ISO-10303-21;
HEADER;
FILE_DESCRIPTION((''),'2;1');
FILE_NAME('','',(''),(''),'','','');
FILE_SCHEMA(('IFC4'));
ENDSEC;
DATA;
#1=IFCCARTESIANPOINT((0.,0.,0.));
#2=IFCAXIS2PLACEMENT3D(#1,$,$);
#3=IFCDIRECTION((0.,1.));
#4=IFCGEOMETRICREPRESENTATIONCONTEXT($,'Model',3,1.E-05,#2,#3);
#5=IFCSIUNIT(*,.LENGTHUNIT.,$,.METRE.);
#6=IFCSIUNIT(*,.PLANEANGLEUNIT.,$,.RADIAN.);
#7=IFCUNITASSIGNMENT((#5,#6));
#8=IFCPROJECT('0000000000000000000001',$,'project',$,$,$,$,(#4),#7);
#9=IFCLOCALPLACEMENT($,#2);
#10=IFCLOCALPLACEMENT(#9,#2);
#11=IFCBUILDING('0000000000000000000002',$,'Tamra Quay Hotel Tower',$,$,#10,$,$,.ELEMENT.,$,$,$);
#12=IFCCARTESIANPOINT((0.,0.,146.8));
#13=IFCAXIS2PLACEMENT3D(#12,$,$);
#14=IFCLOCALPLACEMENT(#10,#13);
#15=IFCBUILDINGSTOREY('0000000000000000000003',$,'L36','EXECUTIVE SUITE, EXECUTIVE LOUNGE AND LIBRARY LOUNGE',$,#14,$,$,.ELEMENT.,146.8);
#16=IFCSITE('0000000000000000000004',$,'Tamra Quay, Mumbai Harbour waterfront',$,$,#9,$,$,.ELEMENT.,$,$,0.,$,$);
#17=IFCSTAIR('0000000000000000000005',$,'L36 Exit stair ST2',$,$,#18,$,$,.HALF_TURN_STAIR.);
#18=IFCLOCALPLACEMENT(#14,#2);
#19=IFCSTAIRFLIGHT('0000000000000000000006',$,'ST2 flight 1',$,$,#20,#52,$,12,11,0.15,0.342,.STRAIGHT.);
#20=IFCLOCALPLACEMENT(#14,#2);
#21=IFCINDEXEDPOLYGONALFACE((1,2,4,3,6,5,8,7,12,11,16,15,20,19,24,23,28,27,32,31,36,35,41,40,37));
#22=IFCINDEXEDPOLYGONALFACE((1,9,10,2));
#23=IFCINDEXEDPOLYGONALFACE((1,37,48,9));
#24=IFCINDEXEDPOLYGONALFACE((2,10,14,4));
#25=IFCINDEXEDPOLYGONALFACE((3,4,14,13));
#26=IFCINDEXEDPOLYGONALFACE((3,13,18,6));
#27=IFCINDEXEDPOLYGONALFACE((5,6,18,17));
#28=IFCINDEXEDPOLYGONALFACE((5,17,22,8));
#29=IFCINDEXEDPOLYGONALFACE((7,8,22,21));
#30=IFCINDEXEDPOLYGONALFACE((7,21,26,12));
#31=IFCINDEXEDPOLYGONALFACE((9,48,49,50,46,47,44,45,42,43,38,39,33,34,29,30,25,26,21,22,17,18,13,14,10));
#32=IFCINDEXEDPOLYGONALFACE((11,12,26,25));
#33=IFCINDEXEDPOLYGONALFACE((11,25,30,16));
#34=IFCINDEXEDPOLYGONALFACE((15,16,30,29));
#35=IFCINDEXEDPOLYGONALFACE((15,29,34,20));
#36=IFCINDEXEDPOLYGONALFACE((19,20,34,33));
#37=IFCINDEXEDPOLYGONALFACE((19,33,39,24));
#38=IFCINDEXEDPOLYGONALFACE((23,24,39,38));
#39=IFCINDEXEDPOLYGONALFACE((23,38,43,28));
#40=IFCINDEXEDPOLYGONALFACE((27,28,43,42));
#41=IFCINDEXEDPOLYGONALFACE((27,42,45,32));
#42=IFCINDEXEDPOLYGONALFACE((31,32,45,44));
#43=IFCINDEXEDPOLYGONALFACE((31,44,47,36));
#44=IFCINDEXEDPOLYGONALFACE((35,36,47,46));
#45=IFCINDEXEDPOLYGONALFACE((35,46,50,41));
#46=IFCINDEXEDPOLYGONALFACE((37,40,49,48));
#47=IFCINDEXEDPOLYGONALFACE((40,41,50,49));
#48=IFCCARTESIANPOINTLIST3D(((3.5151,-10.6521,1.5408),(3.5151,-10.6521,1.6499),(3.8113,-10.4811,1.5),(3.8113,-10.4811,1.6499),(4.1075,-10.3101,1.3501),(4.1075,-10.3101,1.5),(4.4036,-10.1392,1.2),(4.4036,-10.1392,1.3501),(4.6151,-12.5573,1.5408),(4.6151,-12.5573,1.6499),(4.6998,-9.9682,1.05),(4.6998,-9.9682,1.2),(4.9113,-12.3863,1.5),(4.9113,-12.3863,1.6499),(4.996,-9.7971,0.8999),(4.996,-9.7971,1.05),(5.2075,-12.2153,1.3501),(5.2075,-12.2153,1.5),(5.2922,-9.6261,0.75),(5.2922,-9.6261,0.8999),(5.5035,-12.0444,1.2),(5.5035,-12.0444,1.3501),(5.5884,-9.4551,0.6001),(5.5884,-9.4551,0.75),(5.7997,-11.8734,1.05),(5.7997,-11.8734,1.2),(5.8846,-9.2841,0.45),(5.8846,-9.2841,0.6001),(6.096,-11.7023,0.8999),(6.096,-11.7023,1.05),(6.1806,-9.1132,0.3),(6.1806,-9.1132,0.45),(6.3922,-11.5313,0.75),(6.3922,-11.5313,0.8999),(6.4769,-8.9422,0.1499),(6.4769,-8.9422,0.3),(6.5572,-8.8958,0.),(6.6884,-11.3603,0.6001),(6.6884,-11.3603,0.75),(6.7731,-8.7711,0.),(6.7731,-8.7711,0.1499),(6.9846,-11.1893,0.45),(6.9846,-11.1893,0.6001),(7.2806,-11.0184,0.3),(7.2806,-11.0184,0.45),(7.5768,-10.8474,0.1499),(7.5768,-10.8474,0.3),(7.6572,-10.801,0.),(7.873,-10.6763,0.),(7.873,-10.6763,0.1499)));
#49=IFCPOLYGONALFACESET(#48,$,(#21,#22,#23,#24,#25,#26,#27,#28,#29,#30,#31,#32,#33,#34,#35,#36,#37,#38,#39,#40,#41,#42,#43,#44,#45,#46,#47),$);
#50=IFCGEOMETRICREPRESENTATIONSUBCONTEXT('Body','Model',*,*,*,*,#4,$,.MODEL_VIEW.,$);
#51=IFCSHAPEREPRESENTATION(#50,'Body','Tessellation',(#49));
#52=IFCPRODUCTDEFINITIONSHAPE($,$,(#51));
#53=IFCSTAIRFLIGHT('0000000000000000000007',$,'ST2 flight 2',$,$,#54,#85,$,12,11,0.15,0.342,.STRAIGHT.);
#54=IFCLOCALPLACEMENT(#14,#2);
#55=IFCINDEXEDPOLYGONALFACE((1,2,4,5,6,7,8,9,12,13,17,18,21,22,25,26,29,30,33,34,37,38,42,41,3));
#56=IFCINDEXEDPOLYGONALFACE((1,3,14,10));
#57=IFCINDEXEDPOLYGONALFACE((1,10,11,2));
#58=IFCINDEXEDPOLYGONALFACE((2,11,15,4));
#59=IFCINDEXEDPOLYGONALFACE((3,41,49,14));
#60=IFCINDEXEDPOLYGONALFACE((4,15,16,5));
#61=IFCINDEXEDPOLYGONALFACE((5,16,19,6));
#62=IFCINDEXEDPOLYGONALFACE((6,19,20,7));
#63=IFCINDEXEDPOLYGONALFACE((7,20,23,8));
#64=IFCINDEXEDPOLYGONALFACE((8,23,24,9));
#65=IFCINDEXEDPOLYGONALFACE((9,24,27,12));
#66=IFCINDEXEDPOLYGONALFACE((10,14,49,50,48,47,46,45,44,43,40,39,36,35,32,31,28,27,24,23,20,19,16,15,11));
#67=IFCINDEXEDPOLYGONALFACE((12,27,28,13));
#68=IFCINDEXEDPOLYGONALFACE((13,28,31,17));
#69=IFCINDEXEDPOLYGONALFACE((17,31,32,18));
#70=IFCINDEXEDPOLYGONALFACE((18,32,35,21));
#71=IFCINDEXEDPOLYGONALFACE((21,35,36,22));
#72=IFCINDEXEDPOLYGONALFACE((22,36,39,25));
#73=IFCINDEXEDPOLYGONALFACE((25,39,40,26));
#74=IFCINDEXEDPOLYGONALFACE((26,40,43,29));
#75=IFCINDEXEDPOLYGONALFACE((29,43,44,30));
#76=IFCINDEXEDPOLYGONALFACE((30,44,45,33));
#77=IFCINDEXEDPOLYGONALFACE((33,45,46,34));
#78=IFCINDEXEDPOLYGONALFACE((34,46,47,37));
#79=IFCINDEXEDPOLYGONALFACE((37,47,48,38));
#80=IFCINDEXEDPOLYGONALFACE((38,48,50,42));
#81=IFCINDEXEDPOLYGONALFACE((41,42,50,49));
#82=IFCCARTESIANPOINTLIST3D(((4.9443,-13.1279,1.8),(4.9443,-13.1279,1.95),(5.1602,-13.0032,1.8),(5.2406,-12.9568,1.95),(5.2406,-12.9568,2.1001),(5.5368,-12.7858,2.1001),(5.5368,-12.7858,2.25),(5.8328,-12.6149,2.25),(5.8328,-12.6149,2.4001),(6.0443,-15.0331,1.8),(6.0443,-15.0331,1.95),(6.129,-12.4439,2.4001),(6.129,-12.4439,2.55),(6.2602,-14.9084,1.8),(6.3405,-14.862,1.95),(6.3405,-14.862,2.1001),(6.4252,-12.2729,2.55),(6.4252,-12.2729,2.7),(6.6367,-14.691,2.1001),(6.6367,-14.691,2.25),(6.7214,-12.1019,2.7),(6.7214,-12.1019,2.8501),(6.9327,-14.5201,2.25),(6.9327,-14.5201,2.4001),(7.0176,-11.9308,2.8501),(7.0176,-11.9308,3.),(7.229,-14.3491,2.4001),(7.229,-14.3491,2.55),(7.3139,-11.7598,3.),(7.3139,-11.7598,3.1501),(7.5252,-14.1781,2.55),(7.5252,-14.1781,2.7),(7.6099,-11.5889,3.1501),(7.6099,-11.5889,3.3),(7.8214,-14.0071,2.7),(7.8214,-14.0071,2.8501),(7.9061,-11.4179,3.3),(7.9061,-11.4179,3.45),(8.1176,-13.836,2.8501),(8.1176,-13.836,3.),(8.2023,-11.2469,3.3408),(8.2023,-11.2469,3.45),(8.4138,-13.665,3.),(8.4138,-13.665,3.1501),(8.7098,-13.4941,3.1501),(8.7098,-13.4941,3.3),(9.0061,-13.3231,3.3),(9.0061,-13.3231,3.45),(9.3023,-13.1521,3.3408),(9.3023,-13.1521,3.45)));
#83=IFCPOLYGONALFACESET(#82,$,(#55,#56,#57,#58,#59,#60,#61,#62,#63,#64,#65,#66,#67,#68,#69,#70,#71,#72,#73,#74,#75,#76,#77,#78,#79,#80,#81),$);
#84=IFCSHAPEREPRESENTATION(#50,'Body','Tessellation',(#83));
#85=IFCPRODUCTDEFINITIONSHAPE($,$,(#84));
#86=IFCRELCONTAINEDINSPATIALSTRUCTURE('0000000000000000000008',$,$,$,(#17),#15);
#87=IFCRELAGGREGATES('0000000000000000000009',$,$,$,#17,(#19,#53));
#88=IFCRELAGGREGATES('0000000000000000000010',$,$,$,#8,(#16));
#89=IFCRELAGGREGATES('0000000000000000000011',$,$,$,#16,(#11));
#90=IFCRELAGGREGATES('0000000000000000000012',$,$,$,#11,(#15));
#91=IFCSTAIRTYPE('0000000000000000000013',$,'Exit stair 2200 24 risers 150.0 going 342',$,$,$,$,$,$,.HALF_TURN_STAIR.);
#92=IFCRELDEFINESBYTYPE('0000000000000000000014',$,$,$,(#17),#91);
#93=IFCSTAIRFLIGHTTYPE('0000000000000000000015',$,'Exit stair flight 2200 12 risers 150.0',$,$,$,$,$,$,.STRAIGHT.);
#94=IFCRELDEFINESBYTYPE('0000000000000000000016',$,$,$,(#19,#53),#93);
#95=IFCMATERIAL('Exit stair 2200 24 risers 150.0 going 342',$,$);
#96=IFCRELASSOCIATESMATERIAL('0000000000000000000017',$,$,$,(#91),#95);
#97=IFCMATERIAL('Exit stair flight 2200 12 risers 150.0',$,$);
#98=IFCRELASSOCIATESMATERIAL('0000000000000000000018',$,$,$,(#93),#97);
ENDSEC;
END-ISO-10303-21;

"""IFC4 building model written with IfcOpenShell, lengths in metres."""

from ifc_helpers import new_model, si_unit, direction, frame, origin, place, context, subcontext, project, spatial, polyline, outline, extrude, material, type_object, element, aggregate, save


model = new_model("IFC4")

# Units and contexts
model_context = context("Model", 3, precision=1e-05, world=origin(), true_north=direction((0.0, 1.0)))
body_context = subcontext(model_context, "Body", "Model", "MODEL_VIEW")
ifc_project = project(units=[si_unit("LENGTHUNIT", "METRE"), si_unit("PLANEANGLEUNIT", "RADIAN")], contexts=[model_context])

# Site, building, storey
site_placement = place(None, origin())
site = spatial("IfcSite", under=ifc_project, at=site_placement, Name="Tamra Quay, Mumbai Harbour waterfront", CompositionType="ELEMENT", RefElevation=0.0)
building_placement = place(site_placement, origin())
building = spatial("IfcBuilding", under=site, at=building_placement, Name="Tamra Quay Hotel Tower", CompositionType="ELEMENT")
storey_placement = place(building_placement, frame((0.0, 0.0, 146.8)))
storey = spatial("IfcBuildingStorey", under=building, at=storey_placement, Name="L36", Description="EXECUTIVE SUITE, EXECUTIVE LOUNGE AND LIBRARY LOUNGE", CompositionType="ELEMENT", Elevation=146.8)

# Stair, stair flights
ifc_material_1 = material(Name="Exit stair 2200 24 risers 150.0 going 342")
stair_type = type_object("IfcStairType", Name="Exit stair 2200 24 risers 150.0 going 342", PredefinedType="HALF_TURN_STAIR", material=ifc_material_1)
stair_placement = place(storey_placement, origin())
stair = element("IfcStair", 1, at=stair_placement, inside=storey, type_object=stair_type, Name="L36 Exit stair ST2", PredefinedType="HALF_TURN_STAIR")
ifc_material_2 = material(Name="Exit stair flight 2200 12 risers 150.0")
stair_flight_type = type_object("IfcStairFlightType", Name="Exit stair flight 2200 12 risers 150.0", PredefinedType="STRAIGHT", material=ifc_material_2)
stair_flight_1_placement = place(storey_placement, frame((7.323, -9.7236, 0.0), z_axis=(0.0, 0.0, 1.0), x_axis=(-0.866025, -0.5, 0.0)))
stair_flight_1 = element("IfcStairFlight", 2, at=stair_flight_1_placement, type_object=stair_flight_type, Name="ST2 flight 1", NumberOfRisers=12, NumberOfTreads=11, PredefinedType="STRAIGHT", RiserHeight=0.15, TreadLength=0.342, context=body_context, shape_type="SweptSolid", body=[
    extrude(outline(polyline([(0.0, 0.0), (0.0, 0.1499), (0.342, 0.1499), (0.342, 0.3), (0.6841, 0.3), (0.6841, 0.45), (1.0259, 0.45), (1.0259, 0.6001), (1.3679, 0.6001), (1.3679, 0.75), (1.71, 0.75), (1.71, 0.8999), (2.052, 0.8999), (2.052, 1.05), (2.394, 1.05), (2.394, 1.2), (2.7361, 1.2), (2.7361, 1.3501), (3.0779, 1.3501), (3.0779, 1.5), (3.4199, 1.5), (3.4199, 1.6499), (3.762, 1.6499), (3.762, 1.8), (3.762, 1.5408), (0.2493, 0.0), (0.0, 0.0)])), frame((0.0, 1.1001, 0.0), z_axis=(0.0, -1.0, 0.0), x_axis=(1.0, 0.0, 0.0)), (0.0, 0.0, 1.0), 2.2),
])
stair_flight_2_placement = place(storey_placement, frame((5.4944, -14.0806, 1.8), z_axis=(0.0, 0.0, 1.0), x_axis=(0.866025, 0.5, 0.0)))
stair_flight_2 = element("IfcStairFlight", 3, at=stair_flight_2_placement, type_object=stair_flight_type, Name="ST2 flight 2", NumberOfRisers=12, NumberOfTreads=11, PredefinedType="STRAIGHT", RiserHeight=0.15, TreadLength=0.342, context=body_context, shape_type="SweptSolid", body=[
    extrude(outline(polyline([(0.0, 0.0), (0.0, 0.1499), (0.342, 0.1499), (0.342, 0.3), (0.6841, 0.3), (0.6841, 0.45), (1.0259, 0.45), (1.0259, 0.6001), (1.3679, 0.6001), (1.3679, 0.75), (1.71, 0.75), (1.71, 0.8999), (2.052, 0.8999), (2.052, 1.05), (2.394, 1.05), (2.394, 1.2), (2.7361, 1.2), (2.7361, 1.3501), (3.0779, 1.3501), (3.0779, 1.5), (3.4199, 1.5), (3.4199, 1.6499), (3.762, 1.6499), (3.762, 1.8), (3.762, 1.5408), (0.2493, 0.0), (0.0, 0.0)])), frame((0.0, 1.1001, 0.0), z_axis=(0.0, -1.0, 0.0), x_axis=(1.0, 0.0, 0.0)), (0.0, 0.0, 1.0), 2.2),
])
aggregate(stair, [stair_flight_1, stair_flight_2])

save(model, "model.ifc")
